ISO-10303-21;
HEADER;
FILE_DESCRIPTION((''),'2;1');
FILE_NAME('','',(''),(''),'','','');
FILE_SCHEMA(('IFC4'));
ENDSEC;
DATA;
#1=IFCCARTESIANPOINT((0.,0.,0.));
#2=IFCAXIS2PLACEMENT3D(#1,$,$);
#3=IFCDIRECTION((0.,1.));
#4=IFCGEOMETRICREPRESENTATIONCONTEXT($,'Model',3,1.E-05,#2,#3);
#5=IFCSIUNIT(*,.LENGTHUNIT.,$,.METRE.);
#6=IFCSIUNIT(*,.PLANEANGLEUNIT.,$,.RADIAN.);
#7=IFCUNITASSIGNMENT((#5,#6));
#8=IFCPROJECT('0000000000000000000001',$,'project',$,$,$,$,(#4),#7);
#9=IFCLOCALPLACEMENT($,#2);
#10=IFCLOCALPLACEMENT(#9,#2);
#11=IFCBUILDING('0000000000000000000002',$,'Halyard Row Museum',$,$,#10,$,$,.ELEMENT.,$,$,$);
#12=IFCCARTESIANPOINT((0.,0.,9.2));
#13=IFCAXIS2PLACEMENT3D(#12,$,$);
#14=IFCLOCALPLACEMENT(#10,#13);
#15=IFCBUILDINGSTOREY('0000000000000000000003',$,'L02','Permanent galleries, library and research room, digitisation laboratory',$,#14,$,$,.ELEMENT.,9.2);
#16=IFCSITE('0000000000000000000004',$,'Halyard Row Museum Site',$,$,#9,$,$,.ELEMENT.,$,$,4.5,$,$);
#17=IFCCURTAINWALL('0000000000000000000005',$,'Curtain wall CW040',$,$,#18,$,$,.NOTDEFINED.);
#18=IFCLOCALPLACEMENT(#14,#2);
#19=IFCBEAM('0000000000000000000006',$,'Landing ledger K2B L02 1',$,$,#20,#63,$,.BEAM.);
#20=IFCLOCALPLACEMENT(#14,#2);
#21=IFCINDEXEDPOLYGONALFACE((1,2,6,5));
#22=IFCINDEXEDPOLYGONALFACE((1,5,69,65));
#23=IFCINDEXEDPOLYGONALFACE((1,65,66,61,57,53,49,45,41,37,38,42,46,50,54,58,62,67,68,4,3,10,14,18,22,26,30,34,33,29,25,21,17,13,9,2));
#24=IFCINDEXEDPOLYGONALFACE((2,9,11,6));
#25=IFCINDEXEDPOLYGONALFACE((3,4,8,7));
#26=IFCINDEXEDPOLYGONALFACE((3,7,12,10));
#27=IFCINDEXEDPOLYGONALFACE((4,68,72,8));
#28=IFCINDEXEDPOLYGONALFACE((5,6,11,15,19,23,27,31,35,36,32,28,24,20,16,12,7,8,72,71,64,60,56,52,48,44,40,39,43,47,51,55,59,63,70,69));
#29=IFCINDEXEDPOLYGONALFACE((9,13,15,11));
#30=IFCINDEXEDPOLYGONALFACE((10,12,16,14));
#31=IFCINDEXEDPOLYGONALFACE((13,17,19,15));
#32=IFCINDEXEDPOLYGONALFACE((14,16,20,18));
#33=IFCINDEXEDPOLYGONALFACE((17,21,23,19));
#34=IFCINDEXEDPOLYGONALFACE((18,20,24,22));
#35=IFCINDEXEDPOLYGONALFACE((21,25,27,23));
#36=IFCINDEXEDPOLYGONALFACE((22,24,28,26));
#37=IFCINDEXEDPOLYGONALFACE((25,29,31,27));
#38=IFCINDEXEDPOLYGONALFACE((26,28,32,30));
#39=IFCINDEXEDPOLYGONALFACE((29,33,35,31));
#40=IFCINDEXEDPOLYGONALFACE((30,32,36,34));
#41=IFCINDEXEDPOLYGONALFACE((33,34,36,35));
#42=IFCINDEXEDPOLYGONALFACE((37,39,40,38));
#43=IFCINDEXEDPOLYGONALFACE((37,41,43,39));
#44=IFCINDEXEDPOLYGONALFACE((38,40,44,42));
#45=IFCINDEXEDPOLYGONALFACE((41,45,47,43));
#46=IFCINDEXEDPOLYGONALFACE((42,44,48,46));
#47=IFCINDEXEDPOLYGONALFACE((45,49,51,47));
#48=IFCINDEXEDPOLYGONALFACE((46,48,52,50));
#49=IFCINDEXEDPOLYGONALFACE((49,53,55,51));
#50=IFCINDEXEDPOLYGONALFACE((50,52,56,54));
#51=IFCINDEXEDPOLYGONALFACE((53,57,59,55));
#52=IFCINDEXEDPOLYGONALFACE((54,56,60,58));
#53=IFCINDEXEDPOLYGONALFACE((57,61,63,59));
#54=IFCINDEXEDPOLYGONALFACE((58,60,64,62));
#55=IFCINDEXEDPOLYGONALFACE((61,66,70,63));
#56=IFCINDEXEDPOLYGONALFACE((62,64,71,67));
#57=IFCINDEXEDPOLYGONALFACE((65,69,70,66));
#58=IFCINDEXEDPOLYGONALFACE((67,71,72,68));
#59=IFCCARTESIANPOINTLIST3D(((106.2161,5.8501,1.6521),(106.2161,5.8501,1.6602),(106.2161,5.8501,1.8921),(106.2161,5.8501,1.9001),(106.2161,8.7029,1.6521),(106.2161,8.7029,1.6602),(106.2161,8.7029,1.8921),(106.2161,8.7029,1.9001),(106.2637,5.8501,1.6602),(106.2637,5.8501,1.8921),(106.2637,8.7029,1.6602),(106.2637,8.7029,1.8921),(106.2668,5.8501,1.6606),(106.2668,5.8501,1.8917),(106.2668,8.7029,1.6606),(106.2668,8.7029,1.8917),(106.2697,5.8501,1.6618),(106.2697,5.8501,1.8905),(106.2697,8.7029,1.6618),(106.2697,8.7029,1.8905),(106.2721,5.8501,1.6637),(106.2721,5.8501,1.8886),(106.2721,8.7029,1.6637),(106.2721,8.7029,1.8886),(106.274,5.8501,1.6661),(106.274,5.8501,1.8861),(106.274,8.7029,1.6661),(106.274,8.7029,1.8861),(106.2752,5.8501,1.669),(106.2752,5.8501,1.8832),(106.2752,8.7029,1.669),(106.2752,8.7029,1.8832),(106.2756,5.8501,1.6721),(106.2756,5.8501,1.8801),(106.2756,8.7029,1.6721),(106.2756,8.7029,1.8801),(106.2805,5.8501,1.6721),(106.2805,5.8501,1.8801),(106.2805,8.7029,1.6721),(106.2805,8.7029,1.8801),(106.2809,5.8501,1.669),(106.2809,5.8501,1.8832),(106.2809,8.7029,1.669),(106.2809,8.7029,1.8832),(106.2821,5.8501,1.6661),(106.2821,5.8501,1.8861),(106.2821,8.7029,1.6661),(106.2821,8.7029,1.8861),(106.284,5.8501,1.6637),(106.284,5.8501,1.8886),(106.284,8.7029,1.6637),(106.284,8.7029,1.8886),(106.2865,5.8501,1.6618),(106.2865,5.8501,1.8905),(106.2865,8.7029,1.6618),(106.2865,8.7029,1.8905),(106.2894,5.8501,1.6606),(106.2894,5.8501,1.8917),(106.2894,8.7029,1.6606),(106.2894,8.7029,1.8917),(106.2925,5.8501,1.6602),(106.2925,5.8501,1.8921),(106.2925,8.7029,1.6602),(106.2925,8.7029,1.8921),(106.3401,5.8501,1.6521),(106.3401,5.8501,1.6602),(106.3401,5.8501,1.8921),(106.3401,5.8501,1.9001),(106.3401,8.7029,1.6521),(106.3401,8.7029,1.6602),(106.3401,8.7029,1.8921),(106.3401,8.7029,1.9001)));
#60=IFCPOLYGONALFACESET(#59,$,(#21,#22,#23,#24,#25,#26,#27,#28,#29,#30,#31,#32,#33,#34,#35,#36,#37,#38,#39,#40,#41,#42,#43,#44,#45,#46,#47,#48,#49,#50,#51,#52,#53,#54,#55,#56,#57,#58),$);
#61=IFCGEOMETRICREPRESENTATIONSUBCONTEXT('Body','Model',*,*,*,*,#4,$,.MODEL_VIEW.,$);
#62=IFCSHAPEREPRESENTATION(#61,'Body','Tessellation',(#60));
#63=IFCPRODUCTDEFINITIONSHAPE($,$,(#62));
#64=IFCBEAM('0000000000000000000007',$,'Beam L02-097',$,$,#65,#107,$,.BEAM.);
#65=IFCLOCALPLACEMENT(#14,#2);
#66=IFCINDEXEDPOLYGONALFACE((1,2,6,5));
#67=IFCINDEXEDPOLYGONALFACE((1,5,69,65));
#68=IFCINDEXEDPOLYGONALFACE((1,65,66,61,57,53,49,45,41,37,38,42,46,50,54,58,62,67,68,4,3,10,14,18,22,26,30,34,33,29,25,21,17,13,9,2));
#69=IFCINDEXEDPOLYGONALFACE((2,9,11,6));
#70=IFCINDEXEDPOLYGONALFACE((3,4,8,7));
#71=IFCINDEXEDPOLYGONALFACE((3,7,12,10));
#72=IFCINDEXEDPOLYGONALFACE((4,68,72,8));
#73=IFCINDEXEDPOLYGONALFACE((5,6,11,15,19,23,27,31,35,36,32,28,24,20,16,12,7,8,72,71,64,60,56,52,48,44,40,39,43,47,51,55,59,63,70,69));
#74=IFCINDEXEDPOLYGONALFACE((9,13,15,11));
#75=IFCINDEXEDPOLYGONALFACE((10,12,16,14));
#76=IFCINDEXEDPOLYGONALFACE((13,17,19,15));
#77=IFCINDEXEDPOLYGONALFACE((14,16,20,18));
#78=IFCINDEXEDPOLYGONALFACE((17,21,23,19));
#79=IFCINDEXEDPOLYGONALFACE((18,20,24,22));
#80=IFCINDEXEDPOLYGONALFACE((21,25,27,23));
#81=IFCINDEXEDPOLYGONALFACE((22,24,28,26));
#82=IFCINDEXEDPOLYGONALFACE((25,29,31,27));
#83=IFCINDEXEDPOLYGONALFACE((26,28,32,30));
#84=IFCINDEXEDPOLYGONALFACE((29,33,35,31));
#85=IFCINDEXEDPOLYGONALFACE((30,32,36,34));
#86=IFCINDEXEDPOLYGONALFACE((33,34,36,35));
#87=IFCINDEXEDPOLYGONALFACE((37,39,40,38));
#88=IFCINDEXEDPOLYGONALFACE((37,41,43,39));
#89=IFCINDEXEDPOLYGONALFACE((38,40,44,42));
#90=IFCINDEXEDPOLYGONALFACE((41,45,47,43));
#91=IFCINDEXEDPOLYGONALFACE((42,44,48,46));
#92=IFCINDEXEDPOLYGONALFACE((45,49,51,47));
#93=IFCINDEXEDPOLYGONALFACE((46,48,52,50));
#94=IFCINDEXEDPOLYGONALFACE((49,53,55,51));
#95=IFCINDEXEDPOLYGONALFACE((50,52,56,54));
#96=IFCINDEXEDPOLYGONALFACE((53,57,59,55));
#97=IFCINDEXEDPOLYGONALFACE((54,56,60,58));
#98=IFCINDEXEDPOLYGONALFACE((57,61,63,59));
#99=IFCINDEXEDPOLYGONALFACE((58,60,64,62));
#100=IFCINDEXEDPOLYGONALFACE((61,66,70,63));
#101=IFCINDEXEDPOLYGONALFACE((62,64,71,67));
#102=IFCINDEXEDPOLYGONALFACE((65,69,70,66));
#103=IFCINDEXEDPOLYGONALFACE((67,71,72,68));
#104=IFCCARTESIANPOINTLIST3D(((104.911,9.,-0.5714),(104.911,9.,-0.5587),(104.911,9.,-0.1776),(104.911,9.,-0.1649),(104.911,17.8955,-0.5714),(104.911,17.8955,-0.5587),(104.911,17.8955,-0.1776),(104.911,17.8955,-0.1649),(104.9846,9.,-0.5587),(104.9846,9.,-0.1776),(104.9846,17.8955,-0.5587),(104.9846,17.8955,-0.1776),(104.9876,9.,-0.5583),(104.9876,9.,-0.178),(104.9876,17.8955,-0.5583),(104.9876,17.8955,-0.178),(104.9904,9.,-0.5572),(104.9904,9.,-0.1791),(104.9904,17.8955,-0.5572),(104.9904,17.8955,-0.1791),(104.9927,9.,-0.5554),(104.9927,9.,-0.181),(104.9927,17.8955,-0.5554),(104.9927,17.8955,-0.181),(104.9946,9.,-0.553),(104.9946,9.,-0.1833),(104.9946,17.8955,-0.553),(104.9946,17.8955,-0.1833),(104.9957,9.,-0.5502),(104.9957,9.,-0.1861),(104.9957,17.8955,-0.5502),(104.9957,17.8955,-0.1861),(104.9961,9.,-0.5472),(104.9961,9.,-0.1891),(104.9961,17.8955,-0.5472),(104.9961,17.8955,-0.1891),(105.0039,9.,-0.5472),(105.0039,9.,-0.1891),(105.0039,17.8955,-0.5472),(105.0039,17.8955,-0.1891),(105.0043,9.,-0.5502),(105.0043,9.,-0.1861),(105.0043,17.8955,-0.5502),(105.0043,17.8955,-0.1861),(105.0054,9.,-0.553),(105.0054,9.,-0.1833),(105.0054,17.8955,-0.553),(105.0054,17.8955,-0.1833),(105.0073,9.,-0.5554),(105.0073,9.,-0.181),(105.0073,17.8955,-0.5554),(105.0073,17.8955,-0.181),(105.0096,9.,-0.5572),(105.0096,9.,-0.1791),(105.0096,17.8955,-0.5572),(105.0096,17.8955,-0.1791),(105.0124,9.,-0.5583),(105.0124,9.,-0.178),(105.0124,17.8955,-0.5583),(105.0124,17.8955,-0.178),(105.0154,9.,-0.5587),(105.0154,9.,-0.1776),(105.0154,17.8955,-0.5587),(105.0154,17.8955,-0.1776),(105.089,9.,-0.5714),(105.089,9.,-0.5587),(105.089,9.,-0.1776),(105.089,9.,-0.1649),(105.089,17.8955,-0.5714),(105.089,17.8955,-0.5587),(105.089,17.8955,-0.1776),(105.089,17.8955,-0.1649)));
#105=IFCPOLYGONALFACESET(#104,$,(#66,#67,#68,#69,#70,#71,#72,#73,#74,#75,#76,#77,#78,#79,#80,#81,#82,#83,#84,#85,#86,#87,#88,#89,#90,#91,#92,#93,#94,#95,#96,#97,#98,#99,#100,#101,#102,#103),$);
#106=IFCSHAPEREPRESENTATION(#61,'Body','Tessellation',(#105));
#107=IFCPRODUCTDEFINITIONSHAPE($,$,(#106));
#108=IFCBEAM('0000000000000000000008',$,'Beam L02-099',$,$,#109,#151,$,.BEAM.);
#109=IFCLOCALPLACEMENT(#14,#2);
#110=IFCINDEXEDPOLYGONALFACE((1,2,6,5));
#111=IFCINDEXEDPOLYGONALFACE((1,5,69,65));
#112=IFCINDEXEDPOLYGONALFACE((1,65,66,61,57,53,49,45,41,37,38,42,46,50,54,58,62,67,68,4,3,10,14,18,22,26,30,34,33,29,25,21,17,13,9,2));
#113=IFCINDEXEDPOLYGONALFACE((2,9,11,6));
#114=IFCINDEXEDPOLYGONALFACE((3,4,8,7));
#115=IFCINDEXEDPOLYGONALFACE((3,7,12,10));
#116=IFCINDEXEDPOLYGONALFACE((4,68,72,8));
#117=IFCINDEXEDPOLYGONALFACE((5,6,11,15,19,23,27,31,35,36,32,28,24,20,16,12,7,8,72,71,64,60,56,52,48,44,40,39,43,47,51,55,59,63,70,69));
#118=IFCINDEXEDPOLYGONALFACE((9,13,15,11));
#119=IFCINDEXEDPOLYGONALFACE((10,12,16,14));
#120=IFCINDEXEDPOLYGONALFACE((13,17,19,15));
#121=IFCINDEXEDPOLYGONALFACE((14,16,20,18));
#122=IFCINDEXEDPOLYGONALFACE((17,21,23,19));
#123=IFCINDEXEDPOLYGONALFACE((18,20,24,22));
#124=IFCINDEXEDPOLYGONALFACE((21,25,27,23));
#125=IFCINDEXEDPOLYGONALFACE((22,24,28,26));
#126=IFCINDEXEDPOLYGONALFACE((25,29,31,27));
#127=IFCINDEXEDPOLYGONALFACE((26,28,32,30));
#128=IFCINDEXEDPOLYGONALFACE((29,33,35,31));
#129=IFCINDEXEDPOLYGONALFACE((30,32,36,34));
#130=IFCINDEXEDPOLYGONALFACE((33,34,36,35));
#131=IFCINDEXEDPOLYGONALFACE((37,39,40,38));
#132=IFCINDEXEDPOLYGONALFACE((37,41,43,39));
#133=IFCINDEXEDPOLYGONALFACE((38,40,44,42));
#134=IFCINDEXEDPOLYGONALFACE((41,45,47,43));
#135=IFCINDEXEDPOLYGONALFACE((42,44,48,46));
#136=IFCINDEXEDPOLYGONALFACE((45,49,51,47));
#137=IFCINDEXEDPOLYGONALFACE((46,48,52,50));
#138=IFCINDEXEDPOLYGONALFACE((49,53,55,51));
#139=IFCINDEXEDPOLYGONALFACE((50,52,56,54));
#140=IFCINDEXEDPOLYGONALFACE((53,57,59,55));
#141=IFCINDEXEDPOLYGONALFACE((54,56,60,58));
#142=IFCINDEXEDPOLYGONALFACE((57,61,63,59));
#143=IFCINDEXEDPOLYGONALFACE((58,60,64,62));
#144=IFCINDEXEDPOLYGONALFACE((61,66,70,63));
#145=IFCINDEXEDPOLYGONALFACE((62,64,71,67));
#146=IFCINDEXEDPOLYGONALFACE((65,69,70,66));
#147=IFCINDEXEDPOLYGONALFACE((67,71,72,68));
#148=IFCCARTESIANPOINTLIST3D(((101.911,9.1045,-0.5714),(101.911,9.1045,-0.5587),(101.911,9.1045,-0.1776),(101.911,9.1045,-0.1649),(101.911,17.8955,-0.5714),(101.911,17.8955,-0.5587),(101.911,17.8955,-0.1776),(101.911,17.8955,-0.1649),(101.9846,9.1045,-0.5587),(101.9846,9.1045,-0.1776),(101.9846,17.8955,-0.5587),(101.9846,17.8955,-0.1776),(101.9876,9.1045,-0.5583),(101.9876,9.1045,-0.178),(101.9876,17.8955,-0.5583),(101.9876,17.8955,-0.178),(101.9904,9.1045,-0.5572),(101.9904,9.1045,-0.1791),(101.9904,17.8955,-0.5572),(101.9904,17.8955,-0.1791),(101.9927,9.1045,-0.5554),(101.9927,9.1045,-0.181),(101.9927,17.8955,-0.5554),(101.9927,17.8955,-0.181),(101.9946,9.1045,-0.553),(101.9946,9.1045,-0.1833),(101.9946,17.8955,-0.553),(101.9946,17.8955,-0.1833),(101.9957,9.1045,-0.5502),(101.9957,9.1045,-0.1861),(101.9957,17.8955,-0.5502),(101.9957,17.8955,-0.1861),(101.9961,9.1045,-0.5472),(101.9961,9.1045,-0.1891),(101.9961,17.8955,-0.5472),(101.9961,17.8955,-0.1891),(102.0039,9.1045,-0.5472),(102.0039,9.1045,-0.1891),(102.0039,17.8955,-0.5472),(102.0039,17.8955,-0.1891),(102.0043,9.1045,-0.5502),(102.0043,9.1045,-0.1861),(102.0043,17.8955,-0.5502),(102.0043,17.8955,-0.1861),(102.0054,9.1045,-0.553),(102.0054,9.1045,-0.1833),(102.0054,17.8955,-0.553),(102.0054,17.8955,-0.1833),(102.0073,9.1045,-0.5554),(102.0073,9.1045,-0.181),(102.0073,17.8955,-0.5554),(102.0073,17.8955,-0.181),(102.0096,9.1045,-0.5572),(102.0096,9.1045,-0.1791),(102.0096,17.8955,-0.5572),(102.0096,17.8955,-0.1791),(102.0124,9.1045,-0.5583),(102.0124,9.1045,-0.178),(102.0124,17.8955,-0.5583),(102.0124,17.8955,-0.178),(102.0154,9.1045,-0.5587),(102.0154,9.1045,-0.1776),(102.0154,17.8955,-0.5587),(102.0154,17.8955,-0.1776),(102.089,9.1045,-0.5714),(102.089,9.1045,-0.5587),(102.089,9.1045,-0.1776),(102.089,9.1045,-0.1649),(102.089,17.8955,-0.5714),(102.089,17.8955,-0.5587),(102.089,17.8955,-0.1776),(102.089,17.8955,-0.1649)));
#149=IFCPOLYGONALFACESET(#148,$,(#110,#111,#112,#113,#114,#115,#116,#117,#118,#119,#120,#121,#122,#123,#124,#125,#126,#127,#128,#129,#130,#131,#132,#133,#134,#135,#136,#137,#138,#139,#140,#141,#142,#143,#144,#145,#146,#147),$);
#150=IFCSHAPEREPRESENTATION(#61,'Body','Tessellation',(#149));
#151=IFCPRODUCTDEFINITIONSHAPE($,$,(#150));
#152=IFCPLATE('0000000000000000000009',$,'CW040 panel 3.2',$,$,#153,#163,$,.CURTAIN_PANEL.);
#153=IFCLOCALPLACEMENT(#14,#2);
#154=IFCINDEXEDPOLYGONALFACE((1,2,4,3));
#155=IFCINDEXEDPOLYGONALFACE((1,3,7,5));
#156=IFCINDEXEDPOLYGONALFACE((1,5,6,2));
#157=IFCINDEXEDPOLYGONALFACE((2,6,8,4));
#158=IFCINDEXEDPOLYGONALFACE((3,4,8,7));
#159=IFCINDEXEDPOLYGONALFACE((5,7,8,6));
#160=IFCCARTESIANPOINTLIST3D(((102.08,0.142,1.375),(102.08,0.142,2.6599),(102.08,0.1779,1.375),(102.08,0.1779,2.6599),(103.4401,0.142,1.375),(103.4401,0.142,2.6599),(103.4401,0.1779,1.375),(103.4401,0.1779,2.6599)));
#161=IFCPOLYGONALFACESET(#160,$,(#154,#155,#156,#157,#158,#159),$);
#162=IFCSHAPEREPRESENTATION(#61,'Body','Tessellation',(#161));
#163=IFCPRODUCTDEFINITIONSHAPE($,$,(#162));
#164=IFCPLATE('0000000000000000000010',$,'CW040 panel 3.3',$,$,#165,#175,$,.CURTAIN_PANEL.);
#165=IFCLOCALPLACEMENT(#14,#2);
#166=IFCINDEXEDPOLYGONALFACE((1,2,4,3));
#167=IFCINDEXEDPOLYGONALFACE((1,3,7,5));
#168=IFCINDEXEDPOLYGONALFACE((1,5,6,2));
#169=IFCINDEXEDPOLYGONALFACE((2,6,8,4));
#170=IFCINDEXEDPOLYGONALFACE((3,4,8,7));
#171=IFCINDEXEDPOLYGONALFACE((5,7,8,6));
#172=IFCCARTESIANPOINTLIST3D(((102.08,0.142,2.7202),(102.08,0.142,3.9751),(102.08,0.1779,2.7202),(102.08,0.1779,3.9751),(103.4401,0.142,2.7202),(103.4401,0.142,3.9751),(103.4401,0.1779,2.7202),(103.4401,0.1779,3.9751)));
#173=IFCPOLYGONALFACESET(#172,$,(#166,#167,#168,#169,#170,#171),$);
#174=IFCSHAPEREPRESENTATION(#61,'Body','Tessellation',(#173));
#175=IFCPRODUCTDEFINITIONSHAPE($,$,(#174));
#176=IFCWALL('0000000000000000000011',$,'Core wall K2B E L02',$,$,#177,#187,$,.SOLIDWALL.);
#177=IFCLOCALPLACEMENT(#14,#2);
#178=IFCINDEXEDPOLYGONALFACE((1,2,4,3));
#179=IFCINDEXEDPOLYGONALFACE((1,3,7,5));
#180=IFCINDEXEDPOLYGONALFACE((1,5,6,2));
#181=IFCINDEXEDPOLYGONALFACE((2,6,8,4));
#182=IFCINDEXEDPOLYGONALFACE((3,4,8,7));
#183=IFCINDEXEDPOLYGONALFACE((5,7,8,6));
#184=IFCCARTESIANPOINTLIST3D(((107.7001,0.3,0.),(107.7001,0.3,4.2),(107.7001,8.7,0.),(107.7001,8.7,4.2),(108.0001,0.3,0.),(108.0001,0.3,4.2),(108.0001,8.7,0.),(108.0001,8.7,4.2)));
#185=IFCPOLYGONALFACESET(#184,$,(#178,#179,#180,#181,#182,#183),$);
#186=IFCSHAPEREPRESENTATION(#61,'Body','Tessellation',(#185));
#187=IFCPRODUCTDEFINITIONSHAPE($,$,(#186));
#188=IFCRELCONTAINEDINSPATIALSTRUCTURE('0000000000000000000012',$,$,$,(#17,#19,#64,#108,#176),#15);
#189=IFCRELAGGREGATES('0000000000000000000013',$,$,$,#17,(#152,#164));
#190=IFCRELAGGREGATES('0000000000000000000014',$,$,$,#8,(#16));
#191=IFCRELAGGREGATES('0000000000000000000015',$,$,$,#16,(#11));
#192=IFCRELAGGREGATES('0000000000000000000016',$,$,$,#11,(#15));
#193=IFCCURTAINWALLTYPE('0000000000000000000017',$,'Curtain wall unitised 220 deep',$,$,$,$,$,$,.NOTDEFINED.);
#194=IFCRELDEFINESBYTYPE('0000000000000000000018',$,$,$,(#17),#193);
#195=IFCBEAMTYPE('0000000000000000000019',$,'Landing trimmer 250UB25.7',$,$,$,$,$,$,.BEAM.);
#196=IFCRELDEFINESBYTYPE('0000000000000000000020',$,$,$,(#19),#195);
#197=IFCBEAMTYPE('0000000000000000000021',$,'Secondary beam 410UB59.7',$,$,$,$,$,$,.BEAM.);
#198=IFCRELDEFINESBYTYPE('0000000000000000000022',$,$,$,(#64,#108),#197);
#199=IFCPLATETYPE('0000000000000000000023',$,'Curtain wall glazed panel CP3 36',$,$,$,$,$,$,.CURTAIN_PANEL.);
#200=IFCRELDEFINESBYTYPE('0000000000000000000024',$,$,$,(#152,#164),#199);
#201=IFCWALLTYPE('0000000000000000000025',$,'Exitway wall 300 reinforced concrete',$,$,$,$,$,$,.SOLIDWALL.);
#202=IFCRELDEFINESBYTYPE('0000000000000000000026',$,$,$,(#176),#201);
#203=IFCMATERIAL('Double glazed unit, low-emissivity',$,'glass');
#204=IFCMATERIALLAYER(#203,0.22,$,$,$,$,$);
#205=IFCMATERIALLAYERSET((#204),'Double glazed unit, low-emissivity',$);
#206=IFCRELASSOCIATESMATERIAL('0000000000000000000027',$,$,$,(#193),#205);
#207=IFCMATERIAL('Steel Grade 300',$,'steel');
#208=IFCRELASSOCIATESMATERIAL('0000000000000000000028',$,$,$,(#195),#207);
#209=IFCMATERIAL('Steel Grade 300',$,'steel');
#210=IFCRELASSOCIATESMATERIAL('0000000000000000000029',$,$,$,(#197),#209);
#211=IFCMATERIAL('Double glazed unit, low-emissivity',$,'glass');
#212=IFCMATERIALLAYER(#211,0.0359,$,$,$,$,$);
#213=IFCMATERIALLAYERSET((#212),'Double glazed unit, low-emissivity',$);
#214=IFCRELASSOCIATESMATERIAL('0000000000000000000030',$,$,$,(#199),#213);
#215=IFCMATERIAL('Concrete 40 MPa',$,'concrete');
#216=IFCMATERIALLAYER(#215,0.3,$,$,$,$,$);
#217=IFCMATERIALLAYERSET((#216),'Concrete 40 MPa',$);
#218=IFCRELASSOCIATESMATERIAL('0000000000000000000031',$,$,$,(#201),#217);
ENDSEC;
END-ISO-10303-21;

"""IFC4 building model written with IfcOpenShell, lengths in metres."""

from ifc_helpers import new_model, si_unit, direction, frame, frame_2d, origin, origin_2d, place, context, subcontext, project, spatial, rectangle, i_section, extrude, material, layer, layer_set, material_profile, profile_set, type_object, element, aggregate, save


model = new_model("IFC4")

# Units and contexts
model_context = context("Model", 3, precision=1e-05, world=origin(), true_north=direction((0.0, 1.0)))
body_context = subcontext(model_context, "Body", "Model", "MODEL_VIEW")
ifc_project = project(units=[si_unit("LENGTHUNIT", "METRE"), si_unit("PLANEANGLEUNIT", "RADIAN")], contexts=[model_context])

# Site, building, storey
site_placement = place(None, origin())
site = spatial("IfcSite", under=ifc_project, at=site_placement, Name="Halyard Row Museum Site", CompositionType="ELEMENT", RefElevation=4.5)
building_placement = place(site_placement, origin())
building = spatial("IfcBuilding", under=site, at=building_placement, Name="Halyard Row Museum", CompositionType="ELEMENT")
storey_placement = place(building_placement, frame((0.0, 0.0, 9.2)))
storey = spatial("IfcBuildingStorey", under=building, at=storey_placement, Name="L02", Description="Permanent galleries, library and research room, digitisation laboratory", CompositionType="ELEMENT", Elevation=9.2)

# Curtain wall
ifc_material_1 = material(Name="Double glazed unit, low-emissivity", Category="glass")
ifc_layer_1 = layer(ifc_material_1, 0.22)
ifc_layer_set_1 = layer_set([ifc_layer_1], Name="Double glazed unit, low-emissivity")
curtain_wall_type = type_object("IfcCurtainWallType", Name="Curtain wall unitised 220 deep", PredefinedType="NOTDEFINED", material=ifc_layer_set_1)
curtain_wall_1_placement = place(storey_placement, origin())
curtain_wall_1 = element("IfcCurtainWall", 1, at=curtain_wall_1_placement, inside=storey, type_object=curtain_wall_type, Name="Curtain wall CW040", PredefinedType="NOTDEFINED")

# Beams
ifc_material_2 = material(Name="Steel Grade 300", Category="steel")
ifc_material_profile_1 = material_profile(ifc_material_2, i_section(OverallWidth=0.124, OverallDepth=0.248, WebThickness=0.0049, FlangeThickness=0.0081, FilletRadius=0.012, at=origin_2d()), Name="250UB25.7")
ifc_profile_set_1 = profile_set([ifc_material_profile_1], Name="Steel Grade 300")
beam_type_1 = type_object("IfcBeamType", Name="Landing trimmer 250UB25.7", PredefinedType="BEAM", material=ifc_profile_set_1)
beam_1_placement = place(storey_placement, frame((106.2781, 8.7029, 1.7761), z_axis=(0.0, -1.0, 0.0), x_axis=(1.0, 0.0, 0.0)))
element("IfcBeam", 2, at=beam_1_placement, inside=storey, type_object=beam_type_1, Name="Landing ledger K2B L02 1", PredefinedType="BEAM", context=body_context, shape_type="SweptSolid", body=[
    extrude(i_section(OverallWidth=0.124, OverallDepth=0.248, WebThickness=0.0049, FlangeThickness=0.0081, FilletRadius=0.012, at=origin_2d()), origin(), (0.0, 0.0, 1.0), 2.8528),
])
ifc_material_3 = material(Name="Steel Grade 300", Category="steel")
ifc_material_profile_2 = material_profile(ifc_material_3, i_section(OverallWidth=0.178, OverallDepth=0.4065, WebThickness=0.0078, FlangeThickness=0.0127, FilletRadius=0.0115, at=origin_2d()), Name="410UB59.7")
ifc_profile_set_2 = profile_set([ifc_material_profile_2], Name="Steel Grade 300")
beam_type_2 = type_object("IfcBeamType", Name="Secondary beam 410UB59.7", PredefinedType="BEAM", material=ifc_profile_set_2)
beam_2_placement = place(storey_placement, frame((105.0, 9.0, -0.3682), z_axis=(0.0, 1.0, 0.0), x_axis=(-1.0, 0.0, 0.0)))
element("IfcBeam", 3, at=beam_2_placement, inside=storey, type_object=beam_type_2, Name="Beam L02-097", PredefinedType="BEAM", context=body_context, shape_type="SweptSolid", body=[
    extrude(i_section(OverallWidth=0.178, OverallDepth=0.4065, WebThickness=0.0078, FlangeThickness=0.0127, FilletRadius=0.0115, at=origin_2d()), origin(), (0.0, 0.0, 1.0), 8.8955),
])
beam_3_placement = place(storey_placement, frame((102.0, 9.1045, -0.3682), z_axis=(0.0, 1.0, 0.0), x_axis=(-1.0, 0.0, 0.0)))
element("IfcBeam", 4, at=beam_3_placement, inside=storey, type_object=beam_type_2, Name="Beam L02-099", PredefinedType="BEAM", context=body_context, shape_type="SweptSolid", body=[
    extrude(i_section(OverallWidth=0.178, OverallDepth=0.4065, WebThickness=0.0078, FlangeThickness=0.0127, FilletRadius=0.0115, at=origin_2d()), origin(), (0.0, 0.0, 1.0), 8.791),
])

# Plates
ifc_material_4 = material(Name="Double glazed unit, low-emissivity", Category="glass")
ifc_layer_2 = layer(ifc_material_4, 0.0359)
ifc_layer_set_2 = layer_set([ifc_layer_2], Name="Double glazed unit, low-emissivity")
plate_type = type_object("IfcPlateType", Name="Curtain wall glazed panel CP3 36", PredefinedType="CURTAIN_PANEL", material=ifc_layer_set_2)
plate_1_placement = place(storey_placement, frame((102.76, 0.1599, 1.375), z_axis=(0.0, 0.0, 1.0), x_axis=(1.0, 0.0, 0.0)))
plate_1 = element("IfcPlate", 5, at=plate_1_placement, type_object=plate_type, Name="CW040 panel 3.2", PredefinedType="CURTAIN_PANEL", context=body_context, shape_type="SweptSolid", body=[
    extrude(rectangle(XDim=1.3601, YDim=0.0359, at=origin_2d()), origin(), (0.0, 0.0, 1.0), 1.2849),
])
plate_2_placement = place(storey_placement, frame((102.76, 0.1599, 2.7202), z_axis=(0.0, 0.0, 1.0), x_axis=(1.0, 0.0, 0.0)))
plate_2 = element("IfcPlate", 6, at=plate_2_placement, type_object=plate_type, Name="CW040 panel 3.3", PredefinedType="CURTAIN_PANEL", context=body_context, shape_type="SweptSolid", body=[
    extrude(rectangle(XDim=1.3601, YDim=0.0359, at=origin_2d()), origin(), (0.0, 0.0, 1.0), 1.2549),
])
aggregate(curtain_wall_1, [plate_1, plate_2])

# Wall
ifc_material_5 = material(Name="Concrete 40 MPa", Category="concrete")
ifc_layer_3 = layer(ifc_material_5, 0.3)
ifc_layer_set_3 = layer_set([ifc_layer_3], Name="Concrete 40 MPa")
wall_type_1 = type_object("IfcWallType", Name="Exitway wall 300 reinforced concrete", PredefinedType="SOLIDWALL", material=ifc_layer_set_3)
wall_1_placement = place(storey_placement, frame((107.8501, 0.3, 0.0), z_axis=(0.0, 0.0, 1.0), x_axis=(0.0, 1.0, 0.0)))
element("IfcWall", 7, at=wall_1_placement, inside=storey, type_object=wall_type_1, Name="Core wall K2B E L02", PredefinedType="SOLIDWALL", context=body_context, shape_type="SweptSolid", body=[
    extrude(rectangle(XDim=8.3999, YDim=0.3, at=frame_2d((4.2, 0.0))), origin(), (0.0, 0.0, 1.0), 4.2),
])

save(model, "model.ifc")
